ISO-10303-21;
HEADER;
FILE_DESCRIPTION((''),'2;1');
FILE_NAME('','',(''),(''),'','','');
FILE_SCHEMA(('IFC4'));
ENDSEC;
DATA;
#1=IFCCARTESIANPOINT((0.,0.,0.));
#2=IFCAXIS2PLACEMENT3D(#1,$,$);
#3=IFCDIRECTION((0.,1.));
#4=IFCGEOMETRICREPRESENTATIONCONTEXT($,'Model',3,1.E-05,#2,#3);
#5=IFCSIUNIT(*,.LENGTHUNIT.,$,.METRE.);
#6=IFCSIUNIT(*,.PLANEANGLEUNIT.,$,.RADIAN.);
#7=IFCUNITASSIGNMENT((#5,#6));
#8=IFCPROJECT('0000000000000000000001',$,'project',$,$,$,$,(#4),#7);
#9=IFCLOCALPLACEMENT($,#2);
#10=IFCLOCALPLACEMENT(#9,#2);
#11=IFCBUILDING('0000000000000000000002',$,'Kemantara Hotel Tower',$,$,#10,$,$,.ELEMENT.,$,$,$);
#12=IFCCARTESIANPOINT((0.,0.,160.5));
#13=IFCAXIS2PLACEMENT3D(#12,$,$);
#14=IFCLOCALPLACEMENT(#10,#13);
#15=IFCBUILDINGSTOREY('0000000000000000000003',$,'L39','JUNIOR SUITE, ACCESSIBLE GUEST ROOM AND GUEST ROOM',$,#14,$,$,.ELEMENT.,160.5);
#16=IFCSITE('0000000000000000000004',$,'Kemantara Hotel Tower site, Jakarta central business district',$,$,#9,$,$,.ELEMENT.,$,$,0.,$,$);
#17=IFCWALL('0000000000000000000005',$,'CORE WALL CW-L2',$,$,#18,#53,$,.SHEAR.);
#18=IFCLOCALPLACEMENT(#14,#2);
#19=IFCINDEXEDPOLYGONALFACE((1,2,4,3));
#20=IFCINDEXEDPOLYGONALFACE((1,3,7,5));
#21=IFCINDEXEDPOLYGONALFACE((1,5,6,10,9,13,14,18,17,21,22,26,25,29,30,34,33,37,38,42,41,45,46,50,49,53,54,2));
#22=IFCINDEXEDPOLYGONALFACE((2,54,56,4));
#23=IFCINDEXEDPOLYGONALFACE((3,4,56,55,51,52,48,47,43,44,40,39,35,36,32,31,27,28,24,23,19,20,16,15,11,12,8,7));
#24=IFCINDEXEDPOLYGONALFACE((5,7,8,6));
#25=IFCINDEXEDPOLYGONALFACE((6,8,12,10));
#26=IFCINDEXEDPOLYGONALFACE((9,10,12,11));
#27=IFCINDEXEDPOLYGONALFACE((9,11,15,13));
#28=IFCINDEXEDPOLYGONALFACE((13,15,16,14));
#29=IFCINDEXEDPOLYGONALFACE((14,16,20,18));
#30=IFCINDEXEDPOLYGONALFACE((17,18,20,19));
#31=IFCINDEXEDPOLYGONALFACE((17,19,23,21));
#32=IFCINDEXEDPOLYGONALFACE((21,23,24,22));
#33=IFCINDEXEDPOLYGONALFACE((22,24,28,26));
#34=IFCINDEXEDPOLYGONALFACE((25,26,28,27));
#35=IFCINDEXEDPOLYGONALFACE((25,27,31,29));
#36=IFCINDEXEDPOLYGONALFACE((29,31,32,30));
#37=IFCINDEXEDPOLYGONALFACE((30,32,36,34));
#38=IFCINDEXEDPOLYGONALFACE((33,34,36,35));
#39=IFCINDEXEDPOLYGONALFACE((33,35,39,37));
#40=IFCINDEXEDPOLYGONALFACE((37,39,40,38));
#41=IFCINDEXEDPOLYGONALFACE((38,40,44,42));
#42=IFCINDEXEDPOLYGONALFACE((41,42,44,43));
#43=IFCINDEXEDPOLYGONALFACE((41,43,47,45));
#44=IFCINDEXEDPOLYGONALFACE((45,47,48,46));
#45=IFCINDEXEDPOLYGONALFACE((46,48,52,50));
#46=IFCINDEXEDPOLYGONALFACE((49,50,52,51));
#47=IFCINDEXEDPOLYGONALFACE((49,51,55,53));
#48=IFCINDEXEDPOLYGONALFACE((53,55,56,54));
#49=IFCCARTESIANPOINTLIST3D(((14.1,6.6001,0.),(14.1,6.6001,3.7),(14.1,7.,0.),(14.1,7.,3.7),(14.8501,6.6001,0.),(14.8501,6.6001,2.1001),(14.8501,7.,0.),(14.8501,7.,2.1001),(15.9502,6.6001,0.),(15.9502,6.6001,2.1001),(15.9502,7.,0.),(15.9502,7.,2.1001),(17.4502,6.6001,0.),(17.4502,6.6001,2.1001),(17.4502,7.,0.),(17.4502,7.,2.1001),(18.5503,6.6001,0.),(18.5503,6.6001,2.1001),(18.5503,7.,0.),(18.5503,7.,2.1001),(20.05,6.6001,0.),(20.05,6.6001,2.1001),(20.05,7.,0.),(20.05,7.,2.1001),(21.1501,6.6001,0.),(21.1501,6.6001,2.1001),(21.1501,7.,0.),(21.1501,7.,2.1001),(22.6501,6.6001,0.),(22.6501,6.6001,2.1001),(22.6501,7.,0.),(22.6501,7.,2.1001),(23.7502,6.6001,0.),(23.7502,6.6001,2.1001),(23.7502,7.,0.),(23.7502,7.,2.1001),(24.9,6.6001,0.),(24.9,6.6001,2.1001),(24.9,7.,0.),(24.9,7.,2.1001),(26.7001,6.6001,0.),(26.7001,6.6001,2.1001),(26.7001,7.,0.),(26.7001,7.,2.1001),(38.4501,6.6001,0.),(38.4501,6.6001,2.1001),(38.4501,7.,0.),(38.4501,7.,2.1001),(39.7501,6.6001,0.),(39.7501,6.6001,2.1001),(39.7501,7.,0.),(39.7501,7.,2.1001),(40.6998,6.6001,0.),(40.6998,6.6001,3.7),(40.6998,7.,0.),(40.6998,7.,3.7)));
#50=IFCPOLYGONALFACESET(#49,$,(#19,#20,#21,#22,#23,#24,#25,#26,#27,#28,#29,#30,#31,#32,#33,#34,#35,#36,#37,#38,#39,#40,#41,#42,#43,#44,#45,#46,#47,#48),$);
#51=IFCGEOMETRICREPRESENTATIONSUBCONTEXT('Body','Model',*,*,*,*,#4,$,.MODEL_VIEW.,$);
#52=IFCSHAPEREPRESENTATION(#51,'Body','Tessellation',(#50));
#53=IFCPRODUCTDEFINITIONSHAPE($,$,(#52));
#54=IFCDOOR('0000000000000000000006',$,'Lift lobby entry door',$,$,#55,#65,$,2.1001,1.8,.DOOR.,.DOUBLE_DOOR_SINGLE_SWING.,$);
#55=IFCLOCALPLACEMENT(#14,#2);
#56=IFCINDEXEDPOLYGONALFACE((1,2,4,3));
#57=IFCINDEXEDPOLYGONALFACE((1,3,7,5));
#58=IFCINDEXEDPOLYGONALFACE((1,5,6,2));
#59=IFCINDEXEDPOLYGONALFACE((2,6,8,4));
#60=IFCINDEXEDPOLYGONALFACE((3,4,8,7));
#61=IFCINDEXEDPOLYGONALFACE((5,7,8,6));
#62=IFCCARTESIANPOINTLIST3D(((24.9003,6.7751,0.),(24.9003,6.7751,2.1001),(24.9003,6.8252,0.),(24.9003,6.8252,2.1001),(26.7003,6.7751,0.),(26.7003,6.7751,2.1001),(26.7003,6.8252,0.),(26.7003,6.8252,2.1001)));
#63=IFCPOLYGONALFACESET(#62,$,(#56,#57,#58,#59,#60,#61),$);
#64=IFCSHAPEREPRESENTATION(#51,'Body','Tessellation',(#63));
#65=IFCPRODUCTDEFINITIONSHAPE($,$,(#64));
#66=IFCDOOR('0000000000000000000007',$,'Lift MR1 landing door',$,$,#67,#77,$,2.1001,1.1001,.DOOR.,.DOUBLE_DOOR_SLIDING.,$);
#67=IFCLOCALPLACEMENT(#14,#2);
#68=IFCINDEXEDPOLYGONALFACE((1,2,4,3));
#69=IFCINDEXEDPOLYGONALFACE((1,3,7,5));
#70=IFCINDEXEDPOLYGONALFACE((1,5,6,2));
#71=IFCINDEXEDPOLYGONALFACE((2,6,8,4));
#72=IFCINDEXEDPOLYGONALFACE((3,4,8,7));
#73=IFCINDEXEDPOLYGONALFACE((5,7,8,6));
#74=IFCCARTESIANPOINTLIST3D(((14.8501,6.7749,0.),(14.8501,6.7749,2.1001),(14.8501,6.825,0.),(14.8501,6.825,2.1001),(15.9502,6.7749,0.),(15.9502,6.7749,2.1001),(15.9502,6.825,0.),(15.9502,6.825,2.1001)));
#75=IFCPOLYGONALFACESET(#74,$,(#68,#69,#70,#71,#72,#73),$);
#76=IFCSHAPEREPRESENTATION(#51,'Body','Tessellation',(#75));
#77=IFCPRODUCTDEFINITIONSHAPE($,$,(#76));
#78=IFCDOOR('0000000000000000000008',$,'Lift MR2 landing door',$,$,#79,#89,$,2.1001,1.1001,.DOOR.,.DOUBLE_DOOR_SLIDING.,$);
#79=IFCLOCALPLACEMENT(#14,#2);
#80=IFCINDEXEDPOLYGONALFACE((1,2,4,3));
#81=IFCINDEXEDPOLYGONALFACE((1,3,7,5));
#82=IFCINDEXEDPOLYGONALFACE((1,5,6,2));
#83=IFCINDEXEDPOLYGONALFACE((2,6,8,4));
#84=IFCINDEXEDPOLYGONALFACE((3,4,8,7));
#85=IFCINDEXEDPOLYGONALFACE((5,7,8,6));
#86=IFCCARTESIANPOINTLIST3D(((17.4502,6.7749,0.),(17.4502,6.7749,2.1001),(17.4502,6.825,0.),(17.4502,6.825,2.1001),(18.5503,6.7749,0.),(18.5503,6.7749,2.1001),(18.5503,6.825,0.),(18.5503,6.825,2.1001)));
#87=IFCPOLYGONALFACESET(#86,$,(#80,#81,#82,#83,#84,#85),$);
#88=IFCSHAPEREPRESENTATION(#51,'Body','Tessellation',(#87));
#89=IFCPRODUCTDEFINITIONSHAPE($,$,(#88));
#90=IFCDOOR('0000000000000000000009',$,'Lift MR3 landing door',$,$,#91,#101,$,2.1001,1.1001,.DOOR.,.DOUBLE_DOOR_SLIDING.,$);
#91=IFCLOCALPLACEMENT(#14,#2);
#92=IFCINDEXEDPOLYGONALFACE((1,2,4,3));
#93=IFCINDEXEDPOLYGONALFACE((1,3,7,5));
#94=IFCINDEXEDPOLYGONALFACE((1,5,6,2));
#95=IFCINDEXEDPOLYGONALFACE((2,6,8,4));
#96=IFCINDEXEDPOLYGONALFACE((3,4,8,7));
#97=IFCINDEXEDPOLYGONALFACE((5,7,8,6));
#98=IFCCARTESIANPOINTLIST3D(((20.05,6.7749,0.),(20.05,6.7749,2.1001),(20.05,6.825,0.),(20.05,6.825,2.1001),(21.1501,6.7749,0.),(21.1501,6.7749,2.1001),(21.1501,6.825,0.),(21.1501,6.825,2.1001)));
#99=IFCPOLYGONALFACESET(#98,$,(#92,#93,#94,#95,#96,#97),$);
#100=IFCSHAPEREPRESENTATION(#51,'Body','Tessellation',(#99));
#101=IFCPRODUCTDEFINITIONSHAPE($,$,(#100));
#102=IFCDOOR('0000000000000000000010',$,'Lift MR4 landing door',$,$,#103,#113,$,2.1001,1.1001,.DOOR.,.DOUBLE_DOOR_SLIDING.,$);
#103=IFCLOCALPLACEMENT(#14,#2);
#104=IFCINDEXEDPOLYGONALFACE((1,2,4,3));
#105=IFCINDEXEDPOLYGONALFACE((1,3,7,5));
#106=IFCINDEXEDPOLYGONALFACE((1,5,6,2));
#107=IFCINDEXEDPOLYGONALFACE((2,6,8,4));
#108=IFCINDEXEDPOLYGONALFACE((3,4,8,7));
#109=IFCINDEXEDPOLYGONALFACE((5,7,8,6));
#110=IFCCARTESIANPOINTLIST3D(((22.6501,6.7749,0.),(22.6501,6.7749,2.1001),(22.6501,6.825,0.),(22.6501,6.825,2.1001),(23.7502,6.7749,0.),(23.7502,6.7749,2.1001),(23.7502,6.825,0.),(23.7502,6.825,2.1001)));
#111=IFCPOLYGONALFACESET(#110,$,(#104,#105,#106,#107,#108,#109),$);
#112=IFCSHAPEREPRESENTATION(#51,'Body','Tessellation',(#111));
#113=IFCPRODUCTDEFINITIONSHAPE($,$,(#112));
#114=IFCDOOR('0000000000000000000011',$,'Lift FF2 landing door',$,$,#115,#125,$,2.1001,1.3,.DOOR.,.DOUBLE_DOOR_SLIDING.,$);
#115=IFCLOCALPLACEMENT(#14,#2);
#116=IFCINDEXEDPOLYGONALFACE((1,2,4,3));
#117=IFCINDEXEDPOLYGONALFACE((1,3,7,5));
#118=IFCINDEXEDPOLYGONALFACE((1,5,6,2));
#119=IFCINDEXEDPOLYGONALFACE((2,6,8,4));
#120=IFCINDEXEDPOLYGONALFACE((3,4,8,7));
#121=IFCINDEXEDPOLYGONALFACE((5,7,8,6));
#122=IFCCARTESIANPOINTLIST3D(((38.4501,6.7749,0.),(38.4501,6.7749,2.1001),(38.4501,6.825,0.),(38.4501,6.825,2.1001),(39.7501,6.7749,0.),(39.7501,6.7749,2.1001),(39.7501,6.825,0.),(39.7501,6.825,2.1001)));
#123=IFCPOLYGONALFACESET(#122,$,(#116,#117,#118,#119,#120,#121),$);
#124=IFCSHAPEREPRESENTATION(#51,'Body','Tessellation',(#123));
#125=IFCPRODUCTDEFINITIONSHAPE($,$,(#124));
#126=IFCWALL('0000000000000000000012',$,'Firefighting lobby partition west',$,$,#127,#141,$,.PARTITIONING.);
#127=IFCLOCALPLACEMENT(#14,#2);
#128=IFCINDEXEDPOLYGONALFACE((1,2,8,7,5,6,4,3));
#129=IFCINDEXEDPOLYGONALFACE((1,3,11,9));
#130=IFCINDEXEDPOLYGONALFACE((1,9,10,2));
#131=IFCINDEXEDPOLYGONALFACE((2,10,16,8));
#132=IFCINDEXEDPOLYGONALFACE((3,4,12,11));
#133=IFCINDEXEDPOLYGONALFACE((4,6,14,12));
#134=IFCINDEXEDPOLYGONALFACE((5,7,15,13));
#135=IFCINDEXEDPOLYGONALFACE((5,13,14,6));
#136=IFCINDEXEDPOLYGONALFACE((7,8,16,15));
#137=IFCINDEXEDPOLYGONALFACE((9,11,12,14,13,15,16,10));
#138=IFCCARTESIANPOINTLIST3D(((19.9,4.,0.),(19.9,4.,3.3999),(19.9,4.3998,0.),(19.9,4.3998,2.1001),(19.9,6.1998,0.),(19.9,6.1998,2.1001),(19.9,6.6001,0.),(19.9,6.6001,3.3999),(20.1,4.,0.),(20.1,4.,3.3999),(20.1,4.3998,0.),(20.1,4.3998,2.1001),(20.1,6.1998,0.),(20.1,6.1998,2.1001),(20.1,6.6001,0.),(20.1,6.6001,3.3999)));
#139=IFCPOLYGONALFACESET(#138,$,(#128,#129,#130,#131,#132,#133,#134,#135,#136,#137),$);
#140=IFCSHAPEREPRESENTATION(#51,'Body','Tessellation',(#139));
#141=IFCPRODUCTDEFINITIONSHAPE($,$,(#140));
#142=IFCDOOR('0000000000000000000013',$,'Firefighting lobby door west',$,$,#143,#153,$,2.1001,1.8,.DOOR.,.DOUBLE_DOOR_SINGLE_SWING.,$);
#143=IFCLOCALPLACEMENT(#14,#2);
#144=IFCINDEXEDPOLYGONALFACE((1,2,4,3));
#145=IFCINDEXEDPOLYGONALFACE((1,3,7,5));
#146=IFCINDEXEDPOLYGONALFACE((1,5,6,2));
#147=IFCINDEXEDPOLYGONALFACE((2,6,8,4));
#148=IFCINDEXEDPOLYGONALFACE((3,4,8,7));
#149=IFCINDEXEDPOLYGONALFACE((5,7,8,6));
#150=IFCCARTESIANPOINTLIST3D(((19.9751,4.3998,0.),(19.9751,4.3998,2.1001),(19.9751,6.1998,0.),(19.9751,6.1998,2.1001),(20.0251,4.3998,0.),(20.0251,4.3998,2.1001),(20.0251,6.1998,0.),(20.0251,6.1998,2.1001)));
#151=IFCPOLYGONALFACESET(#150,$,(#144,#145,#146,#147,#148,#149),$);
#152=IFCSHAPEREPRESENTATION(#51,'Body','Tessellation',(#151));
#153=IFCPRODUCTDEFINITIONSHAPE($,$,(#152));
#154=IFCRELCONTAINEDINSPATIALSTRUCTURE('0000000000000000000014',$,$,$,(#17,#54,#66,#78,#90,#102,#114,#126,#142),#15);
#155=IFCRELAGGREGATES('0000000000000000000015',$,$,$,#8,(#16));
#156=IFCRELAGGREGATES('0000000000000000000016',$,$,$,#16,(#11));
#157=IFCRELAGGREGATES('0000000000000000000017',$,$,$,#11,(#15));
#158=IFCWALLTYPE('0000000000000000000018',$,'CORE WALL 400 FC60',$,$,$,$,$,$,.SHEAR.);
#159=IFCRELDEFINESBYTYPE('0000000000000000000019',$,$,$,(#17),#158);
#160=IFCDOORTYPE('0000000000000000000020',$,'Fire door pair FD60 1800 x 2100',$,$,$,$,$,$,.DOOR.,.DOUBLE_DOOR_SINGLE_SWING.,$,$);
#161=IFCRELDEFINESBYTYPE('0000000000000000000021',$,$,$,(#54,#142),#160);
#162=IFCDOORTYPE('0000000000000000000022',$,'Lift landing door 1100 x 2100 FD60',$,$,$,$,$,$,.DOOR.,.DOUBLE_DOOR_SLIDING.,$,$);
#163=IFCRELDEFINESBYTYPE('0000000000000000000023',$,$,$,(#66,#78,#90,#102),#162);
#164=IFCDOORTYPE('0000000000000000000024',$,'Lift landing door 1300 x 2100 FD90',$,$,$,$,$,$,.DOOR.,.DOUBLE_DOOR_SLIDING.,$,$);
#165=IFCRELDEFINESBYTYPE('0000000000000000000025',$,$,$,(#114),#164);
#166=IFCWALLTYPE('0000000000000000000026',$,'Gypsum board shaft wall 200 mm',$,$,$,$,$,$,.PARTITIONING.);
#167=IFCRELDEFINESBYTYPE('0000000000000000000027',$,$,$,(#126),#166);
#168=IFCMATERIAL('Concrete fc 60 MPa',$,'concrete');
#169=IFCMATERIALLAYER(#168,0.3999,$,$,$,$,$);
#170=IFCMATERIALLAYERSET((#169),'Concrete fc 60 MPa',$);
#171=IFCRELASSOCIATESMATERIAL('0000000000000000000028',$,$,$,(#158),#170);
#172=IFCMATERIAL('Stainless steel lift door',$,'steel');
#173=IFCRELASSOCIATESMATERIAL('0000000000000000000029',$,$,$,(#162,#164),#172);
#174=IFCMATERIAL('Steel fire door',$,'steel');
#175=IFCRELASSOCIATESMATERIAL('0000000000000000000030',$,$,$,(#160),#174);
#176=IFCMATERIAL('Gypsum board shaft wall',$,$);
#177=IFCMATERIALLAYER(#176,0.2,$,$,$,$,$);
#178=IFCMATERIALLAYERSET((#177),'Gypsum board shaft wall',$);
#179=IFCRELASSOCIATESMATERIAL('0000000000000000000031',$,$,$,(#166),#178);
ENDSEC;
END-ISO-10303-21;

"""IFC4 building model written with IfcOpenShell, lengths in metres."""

from ifc_helpers import new_model, si_unit, direction, frame, frame_2d, origin, place, context, subcontext, project, spatial, rectangle, extrude, material, layer, layer_set, type_object, element, fill, save


model = new_model("IFC4")

# Units and contexts
model_context = context("Model", 3, precision=1e-05, world=origin(), true_north=direction((0.0, 1.0)))
body_context = subcontext(model_context, "Body", "Model", "MODEL_VIEW")
ifc_project = project(units=[si_unit("LENGTHUNIT", "METRE"), si_unit("PLANEANGLEUNIT", "RADIAN")], contexts=[model_context])

# Site, building, storey
site_placement = place(None, origin())
site = spatial("IfcSite", under=ifc_project, at=site_placement, Name="Kemantara Hotel Tower site, Jakarta central business district", CompositionType="ELEMENT", RefElevation=0.0)
building_placement = place(site_placement, origin())
building = spatial("IfcBuilding", under=site, at=building_placement, Name="Kemantara Hotel Tower", CompositionType="ELEMENT")
storey_placement = place(building_placement, frame((0.0, 0.0, 160.5)))
storey = spatial("IfcBuildingStorey", under=building, at=storey_placement, Name="L39", Description="JUNIOR SUITE, ACCESSIBLE GUEST ROOM AND GUEST ROOM", CompositionType="ELEMENT", Elevation=160.5)

# Shared definitions
ifc_material_1 = material(Name="Concrete fc 60 MPa", Category="concrete")
ifc_layer_1 = layer(ifc_material_1, 0.3999)
ifc_layer_set_1 = layer_set([ifc_layer_1], Name="Concrete fc 60 MPa")
wall_type_1 = type_object("IfcWallType", Name="CORE WALL 400 FC60", PredefinedType="SHEAR", material=ifc_layer_set_1)

# Wall, openings, doors
ifc_material_2 = material(Name="Steel fire door", Category="steel")
ifc_material_3 = material(Name="Stainless steel lift door", Category="steel")
door_type_1 = type_object("IfcDoorType", Name="Lift landing door 1100 x 2100 FD60", OperationType="DOUBLE_DOOR_SLIDING", PredefinedType="DOOR", material=ifc_material_3)
door_type_2 = type_object("IfcDoorType", Name="Lift landing door 1300 x 2100 FD90", OperationType="DOUBLE_DOOR_SLIDING", PredefinedType="DOOR", material=ifc_material_3)
wall_1_placement = place(storey_placement, frame((14.1001, 6.8, 0.0), z_axis=(0.0, 0.0, 1.0), x_axis=(1.0, 0.0, 0.0)))
wall_1 = element("IfcWall", 1, at=wall_1_placement, inside=storey, type_object=wall_type_1, Name="CORE WALL CW-L2", PredefinedType="SHEAR", context=body_context, shape_type="SweptSolid", body=[
    extrude(rectangle(XDim=26.5999, YDim=0.3999, at=frame_2d((13.2998, 0.0))), origin(), (0.0, 0.0, 1.0), 3.7),
])
opening_1_placement = place(wall_1_placement, frame((10.8, 0.0, 0.0)))
opening_1 = element("IfcOpeningElement", 2, at=opening_1_placement, cuts=wall_1, PredefinedType="OPENING", context=body_context, shape_type="SweptSolid", body=[
    extrude(rectangle(XDim=1.8, YDim=2.1001, at=frame_2d((0.8999, 1.05))), frame((0.0, 0.21, 0.0), z_axis=(0.0, -1.0, 0.0), x_axis=(1.0, 0.0, 0.0)), (0.0, 0.0, 1.0), 0.4199),
])
opening_2_placement = place(wall_1_placement, frame((0.75, 0.0, 0.0)))
opening_2 = element("IfcOpeningElement", 3, at=opening_2_placement, cuts=wall_1, PredefinedType="OPENING", context=body_context, shape_type="SweptSolid", body=[
    extrude(rectangle(XDim=1.1001, YDim=2.1001, at=frame_2d((0.55, 1.05))), frame((0.0, 0.21, 0.0), z_axis=(0.0, -1.0, 0.0), x_axis=(1.0, 0.0, 0.0)), (0.0, 0.0, 1.0), 0.4199),
])
opening_3_placement = place(wall_1_placement, frame((3.3501, 0.0, 0.0)))
opening_3 = element("IfcOpeningElement", 4, at=opening_3_placement, cuts=wall_1, PredefinedType="OPENING", context=body_context, shape_type="SweptSolid", body=[
    extrude(rectangle(XDim=1.1001, YDim=2.1001, at=frame_2d((0.55, 1.05))), frame((0.0, 0.21, 0.0), z_axis=(0.0, -1.0, 0.0), x_axis=(1.0, 0.0, 0.0)), (0.0, 0.0, 1.0), 0.4199),
])
opening_4_placement = place(wall_1_placement, frame((5.95, 0.0, 0.0)))
opening_4 = element("IfcOpeningElement", 5, at=opening_4_placement, cuts=wall_1, PredefinedType="OPENING", context=body_context, shape_type="SweptSolid", body=[
    extrude(rectangle(XDim=1.1001, YDim=2.1001, at=frame_2d((0.55, 1.05))), frame((0.0, 0.21, 0.0), z_axis=(0.0, -1.0, 0.0), x_axis=(1.0, 0.0, 0.0)), (0.0, 0.0, 1.0), 0.4199),
])
opening_5_placement = place(wall_1_placement, frame((8.55, 0.0, 0.0)))
opening_5 = element("IfcOpeningElement", 6, at=opening_5_placement, cuts=wall_1, PredefinedType="OPENING", context=body_context, shape_type="SweptSolid", body=[
    extrude(rectangle(XDim=1.1001, YDim=2.1001, at=frame_2d((0.55, 1.05))), frame((0.0, 0.21, 0.0), z_axis=(0.0, -1.0, 0.0), x_axis=(1.0, 0.0, 0.0)), (0.0, 0.0, 1.0), 0.4199),
])
opening_6_placement = place(wall_1_placement, frame((24.3501, 0.0, 0.0)))
opening_6 = element("IfcOpeningElement", 7, at=opening_6_placement, cuts=wall_1, PredefinedType="OPENING", context=body_context, shape_type="SweptSolid", body=[
    extrude(rectangle(XDim=1.3, YDim=2.1001, at=frame_2d((0.6499, 1.05))), frame((0.0, 0.21, 0.0), z_axis=(0.0, -1.0, 0.0), x_axis=(1.0, 0.0, 0.0)), (0.0, 0.0, 1.0), 0.4199),
])
door_type_3 = type_object("IfcDoorType", Name="Fire door pair FD60 1800 x 2100", OperationType="DOUBLE_DOOR_SINGLE_SWING", PredefinedType="DOOR", material=ifc_material_2)
door_1_placement = place(opening_1_placement, frame((1.8, 0.0, 0.0), z_axis=(0.0, 0.0, 1.0), x_axis=(-1.0, 0.0, 0.0)))
door_1 = element("IfcDoor", 8, at=door_1_placement, inside=storey, type_object=door_type_3, Name="Lift lobby entry door", OperationType="DOUBLE_DOOR_SINGLE_SWING", OverallHeight=2.1001, OverallWidth=1.8, PredefinedType="DOOR", context=body_context, shape_type="SweptSolid", body=[
    extrude(rectangle(XDim=1.8, YDim=2.1001, at=frame_2d((0.8999, 1.05))), frame((0.0, 0.0249, 0.0), z_axis=(0.0, -1.0, 0.0), x_axis=(1.0, 0.0, 0.0)), (0.0, 0.0, 1.0), 0.05),
])
fill(opening_1, door_1)
door_2_placement = place(opening_2_placement, origin())
door_2 = element("IfcDoor", 9, at=door_2_placement, inside=storey, type_object=door_type_1, Name="Lift MR1 landing door", OperationType="DOUBLE_DOOR_SLIDING", OverallHeight=2.1001, OverallWidth=1.1001, PredefinedType="DOOR", context=body_context, shape_type="SweptSolid", body=[
    extrude(rectangle(XDim=1.1001, YDim=2.1001, at=frame_2d((0.55, 1.05))), frame((0.0, 0.0249, 0.0), z_axis=(0.0, -1.0, 0.0), x_axis=(1.0, 0.0, 0.0)), (0.0, 0.0, 1.0), 0.05),
])
fill(opening_2, door_2)
door_3_placement = place(opening_3_placement, origin())
door_3 = element("IfcDoor", 10, at=door_3_placement, inside=storey, type_object=door_type_1, Name="Lift MR2 landing door", OperationType="DOUBLE_DOOR_SLIDING", OverallHeight=2.1001, OverallWidth=1.1001, PredefinedType="DOOR", context=body_context, shape_type="SweptSolid", body=[
    extrude(rectangle(XDim=1.1001, YDim=2.1001, at=frame_2d((0.55, 1.05))), frame((0.0, 0.0249, 0.0), z_axis=(0.0, -1.0, 0.0), x_axis=(1.0, 0.0, 0.0)), (0.0, 0.0, 1.0), 0.05),
])
fill(opening_3, door_3)
door_4_placement = place(opening_4_placement, origin())
door_4 = element("IfcDoor", 11, at=door_4_placement, inside=storey, type_object=door_type_1, Name="Lift MR3 landing door", OperationType="DOUBLE_DOOR_SLIDING", OverallHeight=2.1001, OverallWidth=1.1001, PredefinedType="DOOR", context=body_context, shape_type="SweptSolid", body=[
    extrude(rectangle(XDim=1.1001, YDim=2.1001, at=frame_2d((0.55, 1.05))), frame((0.0, 0.0249, 0.0), z_axis=(0.0, -1.0, 0.0), x_axis=(1.0, 0.0, 0.0)), (0.0, 0.0, 1.0), 0.05),
])
fill(opening_4, door_4)
door_5_placement = place(opening_5_placement, origin())
door_5 = element("IfcDoor", 12, at=door_5_placement, inside=storey, type_object=door_type_1, Name="Lift MR4 landing door", OperationType="DOUBLE_DOOR_SLIDING", OverallHeight=2.1001, OverallWidth=1.1001, PredefinedType="DOOR", context=body_context, shape_type="SweptSolid", body=[
    extrude(rectangle(XDim=1.1001, YDim=2.1001, at=frame_2d((0.55, 1.05))), frame((0.0, 0.0249, 0.0), z_axis=(0.0, -1.0, 0.0), x_axis=(1.0, 0.0, 0.0)), (0.0, 0.0, 1.0), 0.05),
])
fill(opening_5, door_5)
door_6_placement = place(opening_6_placement, origin())
door_6 = element("IfcDoor", 13, at=door_6_placement, inside=storey, type_object=door_type_2, Name="Lift FF2 landing door", OperationType="DOUBLE_DOOR_SLIDING", OverallHeight=2.1001, OverallWidth=1.3, PredefinedType="DOOR", context=body_context, shape_type="SweptSolid", body=[
    extrude(rectangle(XDim=1.3, YDim=2.1001, at=frame_2d((0.6499, 1.05))), frame((0.0, 0.0249, 0.0), z_axis=(0.0, -1.0, 0.0), x_axis=(1.0, 0.0, 0.0)), (0.0, 0.0, 1.0), 0.05),
])
fill(opening_6, door_6)

# Wall, opening, door
ifc_material_4 = material(Name="Gypsum board shaft wall")
ifc_layer_2 = layer(ifc_material_4, 0.2)
ifc_layer_set_2 = layer_set([ifc_layer_2], Name="Gypsum board shaft wall")
wall_type_2 = type_object("IfcWallType", Name="Gypsum board shaft wall 200 mm", PredefinedType="PARTITIONING", material=ifc_layer_set_2)
wall_2_placement = place(storey_placement, frame((20.0, 4.0, 0.0), z_axis=(0.0, 0.0, 1.0), x_axis=(0.0, 1.0, 0.0)))
wall_2 = element("IfcWall", 14, at=wall_2_placement, inside=storey, type_object=wall_type_2, Name="Firefighting lobby partition west", PredefinedType="PARTITIONING", context=body_context, shape_type="SweptSolid", body=[
    extrude(rectangle(XDim=2.6001, YDim=0.2, at=frame_2d((1.3, 0.0))), origin(), (0.0, 0.0, 1.0), 3.3999),
])
opening_7_placement = place(wall_2_placement, frame((0.3999, 0.0, 0.0)))
opening_7 = element("IfcOpeningElement", 15, at=opening_7_placement, cuts=wall_2, PredefinedType="OPENING", context=body_context, shape_type="SweptSolid", body=[
    extrude(rectangle(XDim=1.8, YDim=2.1001, at=frame_2d((0.8999, 1.05))), frame((0.0, 0.1099, 0.0), z_axis=(0.0, -1.0, 0.0), x_axis=(1.0, 0.0, 0.0)), (0.0, 0.0, 1.0), 0.22),
])
door_7_placement = place(opening_7_placement, origin())
door_7 = element("IfcDoor", 16, at=door_7_placement, inside=storey, type_object=door_type_3, Name="Firefighting lobby door west", OperationType="DOUBLE_DOOR_SINGLE_SWING", OverallHeight=2.1001, OverallWidth=1.8, PredefinedType="DOOR", context=body_context, shape_type="SweptSolid", body=[
    extrude(rectangle(XDim=1.8, YDim=2.1001, at=frame_2d((0.8999, 1.05))), frame((0.0, 0.0249, 0.0), z_axis=(0.0, -1.0, 0.0), x_axis=(1.0, 0.0, 0.0)), (0.0, 0.0, 1.0), 0.05),
])
fill(opening_7, door_7)

save(model, "model.ifc")
